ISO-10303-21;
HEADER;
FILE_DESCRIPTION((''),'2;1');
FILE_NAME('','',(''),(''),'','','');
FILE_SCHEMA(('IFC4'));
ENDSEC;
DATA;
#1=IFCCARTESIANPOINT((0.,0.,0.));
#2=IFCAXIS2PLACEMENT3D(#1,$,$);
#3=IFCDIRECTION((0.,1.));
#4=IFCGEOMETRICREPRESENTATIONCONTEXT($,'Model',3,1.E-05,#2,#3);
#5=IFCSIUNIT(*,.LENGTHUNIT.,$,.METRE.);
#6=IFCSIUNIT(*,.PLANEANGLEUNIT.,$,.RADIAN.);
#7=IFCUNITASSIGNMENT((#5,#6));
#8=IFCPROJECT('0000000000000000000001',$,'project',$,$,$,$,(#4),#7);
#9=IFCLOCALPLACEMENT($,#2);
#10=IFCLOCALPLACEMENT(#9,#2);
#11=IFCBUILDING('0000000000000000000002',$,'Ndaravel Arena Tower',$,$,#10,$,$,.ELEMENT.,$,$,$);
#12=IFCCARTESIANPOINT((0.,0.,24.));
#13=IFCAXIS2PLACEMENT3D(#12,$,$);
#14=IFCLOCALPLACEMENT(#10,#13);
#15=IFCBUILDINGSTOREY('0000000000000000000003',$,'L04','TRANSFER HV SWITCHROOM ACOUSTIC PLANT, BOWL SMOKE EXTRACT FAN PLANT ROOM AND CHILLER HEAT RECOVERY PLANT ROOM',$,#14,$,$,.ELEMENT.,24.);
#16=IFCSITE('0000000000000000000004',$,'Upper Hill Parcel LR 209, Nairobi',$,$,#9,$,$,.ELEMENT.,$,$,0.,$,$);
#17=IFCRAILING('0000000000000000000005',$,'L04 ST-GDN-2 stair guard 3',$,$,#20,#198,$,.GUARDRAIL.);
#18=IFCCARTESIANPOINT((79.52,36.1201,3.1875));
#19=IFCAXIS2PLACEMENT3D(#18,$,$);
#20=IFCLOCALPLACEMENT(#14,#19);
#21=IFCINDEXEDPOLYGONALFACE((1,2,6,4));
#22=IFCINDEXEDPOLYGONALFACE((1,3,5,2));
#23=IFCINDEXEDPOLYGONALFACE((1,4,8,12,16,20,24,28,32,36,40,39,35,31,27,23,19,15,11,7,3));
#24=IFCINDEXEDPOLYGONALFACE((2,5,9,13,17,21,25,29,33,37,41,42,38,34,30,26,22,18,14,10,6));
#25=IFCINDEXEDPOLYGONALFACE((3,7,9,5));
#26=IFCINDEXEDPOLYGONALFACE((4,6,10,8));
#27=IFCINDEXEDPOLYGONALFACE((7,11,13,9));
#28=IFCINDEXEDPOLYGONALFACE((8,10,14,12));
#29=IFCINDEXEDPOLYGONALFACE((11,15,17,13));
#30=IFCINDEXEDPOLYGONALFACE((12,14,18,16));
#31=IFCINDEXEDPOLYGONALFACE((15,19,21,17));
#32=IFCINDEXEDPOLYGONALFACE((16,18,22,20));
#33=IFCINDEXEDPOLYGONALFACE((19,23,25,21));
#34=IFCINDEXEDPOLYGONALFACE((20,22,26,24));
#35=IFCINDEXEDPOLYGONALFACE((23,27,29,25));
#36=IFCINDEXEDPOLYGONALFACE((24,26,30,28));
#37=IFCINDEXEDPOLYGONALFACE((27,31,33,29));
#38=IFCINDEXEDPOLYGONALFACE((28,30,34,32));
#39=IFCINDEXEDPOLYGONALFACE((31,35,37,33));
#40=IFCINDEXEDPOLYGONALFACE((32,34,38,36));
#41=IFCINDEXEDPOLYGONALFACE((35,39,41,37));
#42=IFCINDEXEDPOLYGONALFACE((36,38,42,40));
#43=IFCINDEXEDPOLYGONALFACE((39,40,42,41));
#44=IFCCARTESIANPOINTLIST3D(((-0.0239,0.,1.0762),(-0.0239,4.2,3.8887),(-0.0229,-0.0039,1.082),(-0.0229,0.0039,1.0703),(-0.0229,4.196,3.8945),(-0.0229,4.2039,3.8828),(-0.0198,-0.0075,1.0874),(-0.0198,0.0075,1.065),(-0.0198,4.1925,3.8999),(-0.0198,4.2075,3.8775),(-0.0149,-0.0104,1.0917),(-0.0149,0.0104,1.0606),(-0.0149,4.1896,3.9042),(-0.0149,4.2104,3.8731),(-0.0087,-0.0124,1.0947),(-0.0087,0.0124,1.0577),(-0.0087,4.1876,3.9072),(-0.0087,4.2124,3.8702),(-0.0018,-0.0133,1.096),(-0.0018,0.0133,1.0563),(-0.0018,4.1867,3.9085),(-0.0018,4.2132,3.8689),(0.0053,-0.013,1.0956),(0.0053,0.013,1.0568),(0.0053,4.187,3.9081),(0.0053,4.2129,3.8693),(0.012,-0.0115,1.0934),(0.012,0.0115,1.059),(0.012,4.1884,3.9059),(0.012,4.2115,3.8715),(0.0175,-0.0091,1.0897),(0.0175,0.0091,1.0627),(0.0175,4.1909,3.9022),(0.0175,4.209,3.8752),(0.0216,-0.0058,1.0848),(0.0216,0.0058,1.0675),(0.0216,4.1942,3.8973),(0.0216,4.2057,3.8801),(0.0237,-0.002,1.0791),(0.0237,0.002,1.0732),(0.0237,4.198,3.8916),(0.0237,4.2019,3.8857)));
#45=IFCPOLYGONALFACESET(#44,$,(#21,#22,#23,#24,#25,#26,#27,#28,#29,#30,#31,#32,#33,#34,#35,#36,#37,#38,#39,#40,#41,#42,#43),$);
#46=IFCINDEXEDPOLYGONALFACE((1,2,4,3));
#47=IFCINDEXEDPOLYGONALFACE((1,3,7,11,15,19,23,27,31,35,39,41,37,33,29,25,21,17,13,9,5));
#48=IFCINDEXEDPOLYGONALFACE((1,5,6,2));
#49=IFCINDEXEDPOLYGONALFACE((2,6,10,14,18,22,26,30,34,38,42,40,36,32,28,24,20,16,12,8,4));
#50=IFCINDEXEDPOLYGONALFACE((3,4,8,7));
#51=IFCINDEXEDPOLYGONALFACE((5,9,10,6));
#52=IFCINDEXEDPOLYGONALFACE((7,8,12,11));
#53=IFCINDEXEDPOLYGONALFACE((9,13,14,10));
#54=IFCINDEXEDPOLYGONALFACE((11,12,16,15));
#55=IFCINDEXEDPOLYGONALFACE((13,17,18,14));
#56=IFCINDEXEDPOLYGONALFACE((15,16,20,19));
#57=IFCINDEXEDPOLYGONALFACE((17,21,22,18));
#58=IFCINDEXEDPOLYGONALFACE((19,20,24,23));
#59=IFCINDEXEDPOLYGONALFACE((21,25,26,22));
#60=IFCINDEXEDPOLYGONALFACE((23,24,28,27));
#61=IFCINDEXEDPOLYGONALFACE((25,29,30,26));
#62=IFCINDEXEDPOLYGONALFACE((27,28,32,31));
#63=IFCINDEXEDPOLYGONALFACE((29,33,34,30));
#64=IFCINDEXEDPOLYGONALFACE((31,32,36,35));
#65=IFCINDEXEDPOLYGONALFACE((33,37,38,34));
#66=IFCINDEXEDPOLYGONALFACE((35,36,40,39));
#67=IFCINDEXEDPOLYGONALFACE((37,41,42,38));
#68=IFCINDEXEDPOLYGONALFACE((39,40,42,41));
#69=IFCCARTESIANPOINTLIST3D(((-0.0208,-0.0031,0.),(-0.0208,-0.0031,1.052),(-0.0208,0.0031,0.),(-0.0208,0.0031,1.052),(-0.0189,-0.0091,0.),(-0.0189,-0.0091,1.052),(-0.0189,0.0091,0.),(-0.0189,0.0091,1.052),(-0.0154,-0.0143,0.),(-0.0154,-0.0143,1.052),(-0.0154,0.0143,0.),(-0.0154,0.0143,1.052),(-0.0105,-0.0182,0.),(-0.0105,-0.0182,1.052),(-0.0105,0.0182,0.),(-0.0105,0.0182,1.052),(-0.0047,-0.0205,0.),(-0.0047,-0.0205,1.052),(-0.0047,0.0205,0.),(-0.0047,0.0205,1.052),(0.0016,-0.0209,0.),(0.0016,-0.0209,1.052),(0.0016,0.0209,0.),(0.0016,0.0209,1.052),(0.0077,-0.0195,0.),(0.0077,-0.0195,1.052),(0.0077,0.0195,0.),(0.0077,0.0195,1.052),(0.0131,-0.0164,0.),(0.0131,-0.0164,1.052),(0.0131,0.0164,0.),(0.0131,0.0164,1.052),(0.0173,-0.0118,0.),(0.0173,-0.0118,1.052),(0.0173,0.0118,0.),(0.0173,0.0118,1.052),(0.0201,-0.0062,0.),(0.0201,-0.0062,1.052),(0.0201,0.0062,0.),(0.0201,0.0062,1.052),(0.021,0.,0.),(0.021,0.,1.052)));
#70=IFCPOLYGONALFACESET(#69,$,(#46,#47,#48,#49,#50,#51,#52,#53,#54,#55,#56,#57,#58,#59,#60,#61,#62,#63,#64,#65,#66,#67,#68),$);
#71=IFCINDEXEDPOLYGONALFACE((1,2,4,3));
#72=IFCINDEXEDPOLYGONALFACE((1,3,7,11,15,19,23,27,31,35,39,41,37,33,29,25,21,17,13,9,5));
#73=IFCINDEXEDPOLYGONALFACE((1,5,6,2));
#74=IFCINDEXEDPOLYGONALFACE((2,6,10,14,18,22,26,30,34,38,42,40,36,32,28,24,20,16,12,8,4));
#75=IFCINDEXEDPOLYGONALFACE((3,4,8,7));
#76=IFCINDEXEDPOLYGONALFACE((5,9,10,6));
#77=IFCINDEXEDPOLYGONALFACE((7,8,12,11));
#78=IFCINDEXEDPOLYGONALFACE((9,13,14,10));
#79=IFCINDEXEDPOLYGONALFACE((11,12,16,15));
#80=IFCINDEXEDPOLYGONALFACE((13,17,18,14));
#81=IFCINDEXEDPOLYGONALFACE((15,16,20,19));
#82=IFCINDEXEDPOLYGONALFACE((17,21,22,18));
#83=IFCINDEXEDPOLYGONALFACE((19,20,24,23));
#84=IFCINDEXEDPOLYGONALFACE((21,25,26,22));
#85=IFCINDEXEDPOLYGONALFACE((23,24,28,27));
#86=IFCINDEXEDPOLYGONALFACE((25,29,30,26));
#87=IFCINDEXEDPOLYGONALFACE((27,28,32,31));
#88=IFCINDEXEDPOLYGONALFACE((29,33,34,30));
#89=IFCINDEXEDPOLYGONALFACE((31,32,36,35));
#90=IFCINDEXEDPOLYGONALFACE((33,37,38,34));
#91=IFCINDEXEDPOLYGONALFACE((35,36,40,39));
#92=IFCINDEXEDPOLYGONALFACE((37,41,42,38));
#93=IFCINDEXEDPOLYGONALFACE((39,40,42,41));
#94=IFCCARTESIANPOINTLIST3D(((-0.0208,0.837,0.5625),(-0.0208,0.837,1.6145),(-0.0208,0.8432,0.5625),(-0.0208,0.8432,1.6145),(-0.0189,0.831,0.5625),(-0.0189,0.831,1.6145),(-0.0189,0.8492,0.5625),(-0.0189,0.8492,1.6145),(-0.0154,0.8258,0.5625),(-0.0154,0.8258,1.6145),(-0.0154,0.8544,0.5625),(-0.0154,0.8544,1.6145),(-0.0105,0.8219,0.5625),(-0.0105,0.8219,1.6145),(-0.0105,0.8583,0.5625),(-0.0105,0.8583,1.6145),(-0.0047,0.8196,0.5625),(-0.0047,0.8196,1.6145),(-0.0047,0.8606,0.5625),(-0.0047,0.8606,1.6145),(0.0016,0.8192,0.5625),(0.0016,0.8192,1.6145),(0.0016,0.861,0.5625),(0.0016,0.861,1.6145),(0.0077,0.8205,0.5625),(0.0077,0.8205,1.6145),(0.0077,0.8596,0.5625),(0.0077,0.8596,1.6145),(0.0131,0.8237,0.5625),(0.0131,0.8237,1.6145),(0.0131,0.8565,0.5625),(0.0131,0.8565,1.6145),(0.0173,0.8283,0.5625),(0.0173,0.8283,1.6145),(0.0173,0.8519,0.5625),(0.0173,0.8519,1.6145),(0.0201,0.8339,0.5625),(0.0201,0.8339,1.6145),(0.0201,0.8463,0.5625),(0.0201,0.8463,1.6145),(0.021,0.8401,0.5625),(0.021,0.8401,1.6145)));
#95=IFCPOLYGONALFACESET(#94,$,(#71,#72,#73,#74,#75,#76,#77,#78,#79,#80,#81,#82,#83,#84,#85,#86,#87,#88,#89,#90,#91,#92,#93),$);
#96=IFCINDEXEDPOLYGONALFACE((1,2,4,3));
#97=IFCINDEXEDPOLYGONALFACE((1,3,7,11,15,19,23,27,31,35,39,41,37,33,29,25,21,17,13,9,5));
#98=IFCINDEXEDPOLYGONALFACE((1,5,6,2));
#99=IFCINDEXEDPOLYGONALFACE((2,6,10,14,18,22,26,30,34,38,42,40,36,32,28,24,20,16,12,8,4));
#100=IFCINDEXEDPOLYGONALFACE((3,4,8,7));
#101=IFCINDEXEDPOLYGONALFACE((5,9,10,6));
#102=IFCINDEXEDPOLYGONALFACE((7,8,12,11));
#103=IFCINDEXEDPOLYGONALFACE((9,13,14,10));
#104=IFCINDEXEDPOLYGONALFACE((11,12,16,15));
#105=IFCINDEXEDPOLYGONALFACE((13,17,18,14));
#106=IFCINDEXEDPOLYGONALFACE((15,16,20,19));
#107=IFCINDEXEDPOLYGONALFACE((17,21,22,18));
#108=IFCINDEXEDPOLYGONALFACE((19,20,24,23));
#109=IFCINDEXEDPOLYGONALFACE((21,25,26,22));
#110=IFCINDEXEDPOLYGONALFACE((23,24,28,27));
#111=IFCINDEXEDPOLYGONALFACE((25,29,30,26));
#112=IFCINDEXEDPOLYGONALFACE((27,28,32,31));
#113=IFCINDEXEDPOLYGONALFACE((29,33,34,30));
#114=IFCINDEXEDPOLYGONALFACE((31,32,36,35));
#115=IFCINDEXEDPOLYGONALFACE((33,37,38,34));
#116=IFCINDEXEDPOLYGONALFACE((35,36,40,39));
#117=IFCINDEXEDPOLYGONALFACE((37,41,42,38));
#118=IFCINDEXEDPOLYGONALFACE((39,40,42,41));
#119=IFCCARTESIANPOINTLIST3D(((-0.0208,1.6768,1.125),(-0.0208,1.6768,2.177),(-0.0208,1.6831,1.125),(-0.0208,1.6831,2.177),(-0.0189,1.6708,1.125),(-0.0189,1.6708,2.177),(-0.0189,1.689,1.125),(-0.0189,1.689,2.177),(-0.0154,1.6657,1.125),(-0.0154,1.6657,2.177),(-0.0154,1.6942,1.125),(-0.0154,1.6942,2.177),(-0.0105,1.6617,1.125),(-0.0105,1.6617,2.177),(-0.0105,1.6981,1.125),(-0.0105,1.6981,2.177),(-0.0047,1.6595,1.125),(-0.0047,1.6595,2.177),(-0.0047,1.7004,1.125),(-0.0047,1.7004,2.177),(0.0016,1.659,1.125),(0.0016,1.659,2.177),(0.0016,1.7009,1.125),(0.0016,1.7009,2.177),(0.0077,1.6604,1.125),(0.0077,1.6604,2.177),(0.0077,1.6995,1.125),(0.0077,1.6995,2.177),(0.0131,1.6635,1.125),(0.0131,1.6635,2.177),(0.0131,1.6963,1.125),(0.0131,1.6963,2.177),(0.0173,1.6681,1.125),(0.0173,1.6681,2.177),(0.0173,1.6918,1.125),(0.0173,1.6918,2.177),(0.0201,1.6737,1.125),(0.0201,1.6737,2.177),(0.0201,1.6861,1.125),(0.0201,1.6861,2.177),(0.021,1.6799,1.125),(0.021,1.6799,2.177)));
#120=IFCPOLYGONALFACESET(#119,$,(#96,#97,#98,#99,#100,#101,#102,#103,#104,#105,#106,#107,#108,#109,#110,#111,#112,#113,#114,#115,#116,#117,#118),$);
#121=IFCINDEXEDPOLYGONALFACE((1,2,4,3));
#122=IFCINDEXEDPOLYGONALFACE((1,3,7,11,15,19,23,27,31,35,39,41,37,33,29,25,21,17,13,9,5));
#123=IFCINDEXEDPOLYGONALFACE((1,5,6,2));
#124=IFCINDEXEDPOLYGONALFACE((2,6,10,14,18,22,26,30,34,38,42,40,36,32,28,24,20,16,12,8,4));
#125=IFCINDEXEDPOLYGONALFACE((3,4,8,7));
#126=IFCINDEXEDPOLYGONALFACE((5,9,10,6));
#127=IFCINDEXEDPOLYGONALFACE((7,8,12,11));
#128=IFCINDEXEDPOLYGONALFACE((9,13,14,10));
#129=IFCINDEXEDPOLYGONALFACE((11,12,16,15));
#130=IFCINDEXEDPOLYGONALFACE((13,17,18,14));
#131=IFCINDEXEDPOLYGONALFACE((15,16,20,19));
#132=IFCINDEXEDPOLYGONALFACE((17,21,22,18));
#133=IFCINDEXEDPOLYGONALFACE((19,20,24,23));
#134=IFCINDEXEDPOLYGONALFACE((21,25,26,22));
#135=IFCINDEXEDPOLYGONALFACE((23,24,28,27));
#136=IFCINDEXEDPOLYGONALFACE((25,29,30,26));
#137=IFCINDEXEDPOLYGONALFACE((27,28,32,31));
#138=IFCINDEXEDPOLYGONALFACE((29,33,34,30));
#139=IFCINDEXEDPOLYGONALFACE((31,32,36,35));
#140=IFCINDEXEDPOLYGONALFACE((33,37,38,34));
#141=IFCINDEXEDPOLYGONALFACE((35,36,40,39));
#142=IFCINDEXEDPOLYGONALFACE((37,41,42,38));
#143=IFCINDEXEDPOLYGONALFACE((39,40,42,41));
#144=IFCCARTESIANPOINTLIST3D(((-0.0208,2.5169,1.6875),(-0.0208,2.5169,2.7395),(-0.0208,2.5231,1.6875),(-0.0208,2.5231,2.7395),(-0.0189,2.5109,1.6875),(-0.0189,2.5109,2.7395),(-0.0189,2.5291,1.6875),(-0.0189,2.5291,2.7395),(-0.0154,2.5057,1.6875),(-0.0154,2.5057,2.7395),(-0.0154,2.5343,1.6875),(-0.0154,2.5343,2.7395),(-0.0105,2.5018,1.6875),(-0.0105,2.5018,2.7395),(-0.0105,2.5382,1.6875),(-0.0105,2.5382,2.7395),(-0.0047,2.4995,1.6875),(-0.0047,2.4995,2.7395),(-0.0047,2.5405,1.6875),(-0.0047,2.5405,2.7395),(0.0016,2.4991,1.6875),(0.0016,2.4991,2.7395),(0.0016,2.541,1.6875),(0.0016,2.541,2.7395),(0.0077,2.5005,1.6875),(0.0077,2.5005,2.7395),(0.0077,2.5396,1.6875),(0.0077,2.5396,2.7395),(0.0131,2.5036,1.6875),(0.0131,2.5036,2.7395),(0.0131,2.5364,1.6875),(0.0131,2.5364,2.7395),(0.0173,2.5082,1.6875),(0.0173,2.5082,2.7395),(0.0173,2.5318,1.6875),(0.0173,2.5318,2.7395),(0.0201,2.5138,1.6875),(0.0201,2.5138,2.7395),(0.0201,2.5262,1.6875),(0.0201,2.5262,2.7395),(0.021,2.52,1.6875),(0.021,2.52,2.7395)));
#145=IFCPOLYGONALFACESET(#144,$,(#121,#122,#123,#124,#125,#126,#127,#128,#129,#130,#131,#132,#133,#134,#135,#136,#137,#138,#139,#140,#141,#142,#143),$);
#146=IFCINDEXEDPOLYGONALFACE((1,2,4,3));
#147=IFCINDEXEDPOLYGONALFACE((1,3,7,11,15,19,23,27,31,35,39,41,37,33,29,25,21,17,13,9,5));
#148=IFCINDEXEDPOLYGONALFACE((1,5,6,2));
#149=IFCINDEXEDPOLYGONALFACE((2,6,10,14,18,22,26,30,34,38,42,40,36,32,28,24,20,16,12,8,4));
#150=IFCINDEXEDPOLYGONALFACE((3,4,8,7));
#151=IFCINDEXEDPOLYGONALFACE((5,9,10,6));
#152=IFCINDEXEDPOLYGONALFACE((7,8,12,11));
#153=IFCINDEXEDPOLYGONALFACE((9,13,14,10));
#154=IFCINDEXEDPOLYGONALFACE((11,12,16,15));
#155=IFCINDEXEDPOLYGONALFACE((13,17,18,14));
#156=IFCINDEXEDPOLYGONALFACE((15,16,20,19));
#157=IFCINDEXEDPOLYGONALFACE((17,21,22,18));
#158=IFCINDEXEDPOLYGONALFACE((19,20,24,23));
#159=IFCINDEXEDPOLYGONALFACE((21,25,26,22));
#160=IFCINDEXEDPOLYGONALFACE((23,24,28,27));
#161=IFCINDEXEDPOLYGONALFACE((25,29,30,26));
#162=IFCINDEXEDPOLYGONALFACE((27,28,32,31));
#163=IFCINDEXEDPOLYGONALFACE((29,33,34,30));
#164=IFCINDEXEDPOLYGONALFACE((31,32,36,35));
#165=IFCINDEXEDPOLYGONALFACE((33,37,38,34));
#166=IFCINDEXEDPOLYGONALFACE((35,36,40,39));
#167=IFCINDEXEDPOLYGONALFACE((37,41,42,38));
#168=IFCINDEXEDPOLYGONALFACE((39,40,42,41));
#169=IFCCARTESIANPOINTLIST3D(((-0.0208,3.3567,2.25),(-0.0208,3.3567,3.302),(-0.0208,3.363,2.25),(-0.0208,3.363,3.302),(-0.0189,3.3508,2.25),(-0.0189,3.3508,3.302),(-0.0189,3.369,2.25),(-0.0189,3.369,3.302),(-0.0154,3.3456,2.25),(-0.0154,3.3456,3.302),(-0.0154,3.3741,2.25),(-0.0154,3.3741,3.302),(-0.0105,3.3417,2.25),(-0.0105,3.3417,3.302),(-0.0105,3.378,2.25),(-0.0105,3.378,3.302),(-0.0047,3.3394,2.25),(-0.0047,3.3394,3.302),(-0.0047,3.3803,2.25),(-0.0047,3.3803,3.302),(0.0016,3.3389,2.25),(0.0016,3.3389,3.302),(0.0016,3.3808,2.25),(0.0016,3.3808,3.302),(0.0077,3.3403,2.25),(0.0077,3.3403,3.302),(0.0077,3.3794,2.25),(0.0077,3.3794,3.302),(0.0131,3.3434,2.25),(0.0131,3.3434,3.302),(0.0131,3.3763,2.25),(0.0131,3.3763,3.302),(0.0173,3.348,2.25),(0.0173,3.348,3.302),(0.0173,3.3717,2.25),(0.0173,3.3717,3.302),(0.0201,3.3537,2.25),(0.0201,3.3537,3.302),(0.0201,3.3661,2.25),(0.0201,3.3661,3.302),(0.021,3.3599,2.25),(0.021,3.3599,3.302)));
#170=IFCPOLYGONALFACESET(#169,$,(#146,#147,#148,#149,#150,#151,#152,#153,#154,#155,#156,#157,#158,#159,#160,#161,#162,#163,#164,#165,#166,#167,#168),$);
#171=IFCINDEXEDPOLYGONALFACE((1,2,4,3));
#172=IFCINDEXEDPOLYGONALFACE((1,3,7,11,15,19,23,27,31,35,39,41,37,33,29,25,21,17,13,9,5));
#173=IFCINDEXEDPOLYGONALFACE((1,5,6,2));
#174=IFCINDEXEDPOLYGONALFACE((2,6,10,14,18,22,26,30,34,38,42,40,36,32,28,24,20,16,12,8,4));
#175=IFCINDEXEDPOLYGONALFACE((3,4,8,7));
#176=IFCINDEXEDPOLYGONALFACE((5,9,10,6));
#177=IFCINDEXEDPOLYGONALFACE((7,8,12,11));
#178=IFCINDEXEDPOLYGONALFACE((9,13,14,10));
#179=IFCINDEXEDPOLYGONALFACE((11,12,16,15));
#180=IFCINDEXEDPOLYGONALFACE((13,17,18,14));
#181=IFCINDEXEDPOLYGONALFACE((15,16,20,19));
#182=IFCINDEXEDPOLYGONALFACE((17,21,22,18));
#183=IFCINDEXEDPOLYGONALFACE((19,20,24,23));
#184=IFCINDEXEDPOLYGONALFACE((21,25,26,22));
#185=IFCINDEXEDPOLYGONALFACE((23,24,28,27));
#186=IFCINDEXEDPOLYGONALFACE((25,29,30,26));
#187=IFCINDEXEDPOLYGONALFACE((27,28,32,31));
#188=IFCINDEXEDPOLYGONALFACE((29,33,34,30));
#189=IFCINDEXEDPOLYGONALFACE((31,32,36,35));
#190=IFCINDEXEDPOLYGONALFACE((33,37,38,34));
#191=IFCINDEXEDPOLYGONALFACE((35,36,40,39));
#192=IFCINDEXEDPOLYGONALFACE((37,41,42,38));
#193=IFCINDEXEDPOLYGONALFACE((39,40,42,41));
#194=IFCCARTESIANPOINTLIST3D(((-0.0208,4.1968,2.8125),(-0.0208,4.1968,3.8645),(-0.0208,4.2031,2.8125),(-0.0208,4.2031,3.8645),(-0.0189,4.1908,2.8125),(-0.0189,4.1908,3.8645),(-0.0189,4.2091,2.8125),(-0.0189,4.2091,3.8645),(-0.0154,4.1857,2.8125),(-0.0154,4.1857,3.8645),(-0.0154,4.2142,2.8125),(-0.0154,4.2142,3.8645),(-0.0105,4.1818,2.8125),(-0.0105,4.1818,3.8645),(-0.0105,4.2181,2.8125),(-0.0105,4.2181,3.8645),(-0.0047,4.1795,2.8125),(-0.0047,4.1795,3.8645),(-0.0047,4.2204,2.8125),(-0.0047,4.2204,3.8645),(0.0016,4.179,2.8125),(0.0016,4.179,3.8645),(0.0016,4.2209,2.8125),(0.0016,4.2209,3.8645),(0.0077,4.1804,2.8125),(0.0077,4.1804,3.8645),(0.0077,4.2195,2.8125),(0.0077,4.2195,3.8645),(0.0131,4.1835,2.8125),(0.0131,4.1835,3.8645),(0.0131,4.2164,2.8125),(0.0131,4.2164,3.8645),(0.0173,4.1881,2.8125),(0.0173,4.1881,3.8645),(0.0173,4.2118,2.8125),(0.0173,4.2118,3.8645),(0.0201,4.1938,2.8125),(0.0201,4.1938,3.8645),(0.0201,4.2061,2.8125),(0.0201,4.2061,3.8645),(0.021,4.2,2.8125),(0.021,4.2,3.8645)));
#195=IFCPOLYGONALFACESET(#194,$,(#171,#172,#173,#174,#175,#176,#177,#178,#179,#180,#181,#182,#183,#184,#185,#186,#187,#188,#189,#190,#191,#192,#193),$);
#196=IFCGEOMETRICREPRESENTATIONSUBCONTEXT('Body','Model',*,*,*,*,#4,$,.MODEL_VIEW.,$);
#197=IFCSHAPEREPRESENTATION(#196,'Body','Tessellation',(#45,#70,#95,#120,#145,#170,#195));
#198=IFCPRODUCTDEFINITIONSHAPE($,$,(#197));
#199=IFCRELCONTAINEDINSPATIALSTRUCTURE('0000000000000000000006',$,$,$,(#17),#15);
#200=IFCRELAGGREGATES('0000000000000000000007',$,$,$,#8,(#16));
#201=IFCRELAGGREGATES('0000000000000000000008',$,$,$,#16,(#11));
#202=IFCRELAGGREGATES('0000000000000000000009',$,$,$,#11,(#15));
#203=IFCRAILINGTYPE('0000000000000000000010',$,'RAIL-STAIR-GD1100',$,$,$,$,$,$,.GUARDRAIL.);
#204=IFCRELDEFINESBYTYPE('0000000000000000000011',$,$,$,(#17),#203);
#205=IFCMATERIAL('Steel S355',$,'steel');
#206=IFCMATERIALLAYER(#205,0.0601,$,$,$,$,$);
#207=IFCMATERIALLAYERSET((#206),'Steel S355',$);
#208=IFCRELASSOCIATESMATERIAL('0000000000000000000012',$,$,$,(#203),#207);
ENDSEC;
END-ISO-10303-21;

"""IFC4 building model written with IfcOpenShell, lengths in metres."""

from ifc_helpers import new_model, si_unit, direction, frame, origin, origin_2d, place, context, subcontext, project, spatial, circle, extrude, material, layer, layer_set, type_object, element, save


model = new_model("IFC4")

# Units and contexts
model_context = context("Model", 3, precision=1e-05, world=origin(), true_north=direction((0.0, 1.0)))
body_context = subcontext(model_context, "Body", "Model", "MODEL_VIEW")
ifc_project = project(units=[si_unit("LENGTHUNIT", "METRE"), si_unit("PLANEANGLEUNIT", "RADIAN")], contexts=[model_context])

# Site, building, storey
site_placement = place(None, origin())
site = spatial("IfcSite", under=ifc_project, at=site_placement, Name="Upper Hill Parcel LR 209, Nairobi", CompositionType="ELEMENT", RefElevation=0.0)
building_placement = place(site_placement, origin())
building = spatial("IfcBuilding", under=site, at=building_placement, Name="Ndaravel Arena Tower", CompositionType="ELEMENT")
storey_placement = place(building_placement, frame((0.0, 0.0, 24.0)))
storey = spatial("IfcBuildingStorey", under=building, at=storey_placement, Name="L04", Description="TRANSFER HV SWITCHROOM ACOUSTIC PLANT, BOWL SMOKE EXTRACT FAN PLANT ROOM AND CHILLER HEAT RECOVERY PLANT ROOM", CompositionType="ELEMENT", Elevation=24.0)

# Railing
ifc_material_1 = material(Name="Steel S355", Category="steel")
ifc_layer_1 = layer(ifc_material_1, 0.0601)
ifc_layer_set_1 = layer_set([ifc_layer_1], Name="Steel S355")
railing_type_1 = type_object("IfcRailingType", Name="RAIL-STAIR-GD1100", PredefinedType="GUARDRAIL", material=ifc_layer_set_1)
railing_1_placement = place(storey_placement, frame((79.52, 36.1201, 3.1875)))
element("IfcRailing", 1, at=railing_1_placement, inside=storey, type_object=railing_type_1, Name="L04 ST-GDN-2 stair guard 3", PredefinedType="GUARDRAIL", context=body_context, shape_type="SweptSolid", body=[
    extrude(circle(Radius=0.0239, at=origin_2d()), frame((0.0, 0.0, 1.0762), z_axis=(0.0, 0.830904, 0.556416), x_axis=(-1.0, 0.0, 0.0)), (0.0, 0.0, 1.0), 5.0547),
    extrude(circle(Radius=0.021, at=origin_2d()), origin(), (0.0, 0.0, 1.0), 1.052),
    extrude(circle(Radius=0.021, at=origin_2d()), frame((0.0, 0.8401, 0.5625)), (0.0, 0.0, 1.0), 1.052),
    extrude(circle(Radius=0.021, at=origin_2d()), frame((0.0, 1.6799, 1.125)), (0.0, 0.0, 1.0), 1.052),
    extrude(circle(Radius=0.021, at=origin_2d()), frame((0.0, 2.52, 1.6875)), (0.0, 0.0, 1.0), 1.052),
    extrude(circle(Radius=0.021, at=origin_2d()), frame((0.0, 3.3599, 2.25)), (0.0, 0.0, 1.0), 1.052),
    extrude(circle(Radius=0.021, at=origin_2d()), frame((0.0, 4.2, 2.8125)), (0.0, 0.0, 1.0), 1.052),
])

save(model, "model.ifc")
